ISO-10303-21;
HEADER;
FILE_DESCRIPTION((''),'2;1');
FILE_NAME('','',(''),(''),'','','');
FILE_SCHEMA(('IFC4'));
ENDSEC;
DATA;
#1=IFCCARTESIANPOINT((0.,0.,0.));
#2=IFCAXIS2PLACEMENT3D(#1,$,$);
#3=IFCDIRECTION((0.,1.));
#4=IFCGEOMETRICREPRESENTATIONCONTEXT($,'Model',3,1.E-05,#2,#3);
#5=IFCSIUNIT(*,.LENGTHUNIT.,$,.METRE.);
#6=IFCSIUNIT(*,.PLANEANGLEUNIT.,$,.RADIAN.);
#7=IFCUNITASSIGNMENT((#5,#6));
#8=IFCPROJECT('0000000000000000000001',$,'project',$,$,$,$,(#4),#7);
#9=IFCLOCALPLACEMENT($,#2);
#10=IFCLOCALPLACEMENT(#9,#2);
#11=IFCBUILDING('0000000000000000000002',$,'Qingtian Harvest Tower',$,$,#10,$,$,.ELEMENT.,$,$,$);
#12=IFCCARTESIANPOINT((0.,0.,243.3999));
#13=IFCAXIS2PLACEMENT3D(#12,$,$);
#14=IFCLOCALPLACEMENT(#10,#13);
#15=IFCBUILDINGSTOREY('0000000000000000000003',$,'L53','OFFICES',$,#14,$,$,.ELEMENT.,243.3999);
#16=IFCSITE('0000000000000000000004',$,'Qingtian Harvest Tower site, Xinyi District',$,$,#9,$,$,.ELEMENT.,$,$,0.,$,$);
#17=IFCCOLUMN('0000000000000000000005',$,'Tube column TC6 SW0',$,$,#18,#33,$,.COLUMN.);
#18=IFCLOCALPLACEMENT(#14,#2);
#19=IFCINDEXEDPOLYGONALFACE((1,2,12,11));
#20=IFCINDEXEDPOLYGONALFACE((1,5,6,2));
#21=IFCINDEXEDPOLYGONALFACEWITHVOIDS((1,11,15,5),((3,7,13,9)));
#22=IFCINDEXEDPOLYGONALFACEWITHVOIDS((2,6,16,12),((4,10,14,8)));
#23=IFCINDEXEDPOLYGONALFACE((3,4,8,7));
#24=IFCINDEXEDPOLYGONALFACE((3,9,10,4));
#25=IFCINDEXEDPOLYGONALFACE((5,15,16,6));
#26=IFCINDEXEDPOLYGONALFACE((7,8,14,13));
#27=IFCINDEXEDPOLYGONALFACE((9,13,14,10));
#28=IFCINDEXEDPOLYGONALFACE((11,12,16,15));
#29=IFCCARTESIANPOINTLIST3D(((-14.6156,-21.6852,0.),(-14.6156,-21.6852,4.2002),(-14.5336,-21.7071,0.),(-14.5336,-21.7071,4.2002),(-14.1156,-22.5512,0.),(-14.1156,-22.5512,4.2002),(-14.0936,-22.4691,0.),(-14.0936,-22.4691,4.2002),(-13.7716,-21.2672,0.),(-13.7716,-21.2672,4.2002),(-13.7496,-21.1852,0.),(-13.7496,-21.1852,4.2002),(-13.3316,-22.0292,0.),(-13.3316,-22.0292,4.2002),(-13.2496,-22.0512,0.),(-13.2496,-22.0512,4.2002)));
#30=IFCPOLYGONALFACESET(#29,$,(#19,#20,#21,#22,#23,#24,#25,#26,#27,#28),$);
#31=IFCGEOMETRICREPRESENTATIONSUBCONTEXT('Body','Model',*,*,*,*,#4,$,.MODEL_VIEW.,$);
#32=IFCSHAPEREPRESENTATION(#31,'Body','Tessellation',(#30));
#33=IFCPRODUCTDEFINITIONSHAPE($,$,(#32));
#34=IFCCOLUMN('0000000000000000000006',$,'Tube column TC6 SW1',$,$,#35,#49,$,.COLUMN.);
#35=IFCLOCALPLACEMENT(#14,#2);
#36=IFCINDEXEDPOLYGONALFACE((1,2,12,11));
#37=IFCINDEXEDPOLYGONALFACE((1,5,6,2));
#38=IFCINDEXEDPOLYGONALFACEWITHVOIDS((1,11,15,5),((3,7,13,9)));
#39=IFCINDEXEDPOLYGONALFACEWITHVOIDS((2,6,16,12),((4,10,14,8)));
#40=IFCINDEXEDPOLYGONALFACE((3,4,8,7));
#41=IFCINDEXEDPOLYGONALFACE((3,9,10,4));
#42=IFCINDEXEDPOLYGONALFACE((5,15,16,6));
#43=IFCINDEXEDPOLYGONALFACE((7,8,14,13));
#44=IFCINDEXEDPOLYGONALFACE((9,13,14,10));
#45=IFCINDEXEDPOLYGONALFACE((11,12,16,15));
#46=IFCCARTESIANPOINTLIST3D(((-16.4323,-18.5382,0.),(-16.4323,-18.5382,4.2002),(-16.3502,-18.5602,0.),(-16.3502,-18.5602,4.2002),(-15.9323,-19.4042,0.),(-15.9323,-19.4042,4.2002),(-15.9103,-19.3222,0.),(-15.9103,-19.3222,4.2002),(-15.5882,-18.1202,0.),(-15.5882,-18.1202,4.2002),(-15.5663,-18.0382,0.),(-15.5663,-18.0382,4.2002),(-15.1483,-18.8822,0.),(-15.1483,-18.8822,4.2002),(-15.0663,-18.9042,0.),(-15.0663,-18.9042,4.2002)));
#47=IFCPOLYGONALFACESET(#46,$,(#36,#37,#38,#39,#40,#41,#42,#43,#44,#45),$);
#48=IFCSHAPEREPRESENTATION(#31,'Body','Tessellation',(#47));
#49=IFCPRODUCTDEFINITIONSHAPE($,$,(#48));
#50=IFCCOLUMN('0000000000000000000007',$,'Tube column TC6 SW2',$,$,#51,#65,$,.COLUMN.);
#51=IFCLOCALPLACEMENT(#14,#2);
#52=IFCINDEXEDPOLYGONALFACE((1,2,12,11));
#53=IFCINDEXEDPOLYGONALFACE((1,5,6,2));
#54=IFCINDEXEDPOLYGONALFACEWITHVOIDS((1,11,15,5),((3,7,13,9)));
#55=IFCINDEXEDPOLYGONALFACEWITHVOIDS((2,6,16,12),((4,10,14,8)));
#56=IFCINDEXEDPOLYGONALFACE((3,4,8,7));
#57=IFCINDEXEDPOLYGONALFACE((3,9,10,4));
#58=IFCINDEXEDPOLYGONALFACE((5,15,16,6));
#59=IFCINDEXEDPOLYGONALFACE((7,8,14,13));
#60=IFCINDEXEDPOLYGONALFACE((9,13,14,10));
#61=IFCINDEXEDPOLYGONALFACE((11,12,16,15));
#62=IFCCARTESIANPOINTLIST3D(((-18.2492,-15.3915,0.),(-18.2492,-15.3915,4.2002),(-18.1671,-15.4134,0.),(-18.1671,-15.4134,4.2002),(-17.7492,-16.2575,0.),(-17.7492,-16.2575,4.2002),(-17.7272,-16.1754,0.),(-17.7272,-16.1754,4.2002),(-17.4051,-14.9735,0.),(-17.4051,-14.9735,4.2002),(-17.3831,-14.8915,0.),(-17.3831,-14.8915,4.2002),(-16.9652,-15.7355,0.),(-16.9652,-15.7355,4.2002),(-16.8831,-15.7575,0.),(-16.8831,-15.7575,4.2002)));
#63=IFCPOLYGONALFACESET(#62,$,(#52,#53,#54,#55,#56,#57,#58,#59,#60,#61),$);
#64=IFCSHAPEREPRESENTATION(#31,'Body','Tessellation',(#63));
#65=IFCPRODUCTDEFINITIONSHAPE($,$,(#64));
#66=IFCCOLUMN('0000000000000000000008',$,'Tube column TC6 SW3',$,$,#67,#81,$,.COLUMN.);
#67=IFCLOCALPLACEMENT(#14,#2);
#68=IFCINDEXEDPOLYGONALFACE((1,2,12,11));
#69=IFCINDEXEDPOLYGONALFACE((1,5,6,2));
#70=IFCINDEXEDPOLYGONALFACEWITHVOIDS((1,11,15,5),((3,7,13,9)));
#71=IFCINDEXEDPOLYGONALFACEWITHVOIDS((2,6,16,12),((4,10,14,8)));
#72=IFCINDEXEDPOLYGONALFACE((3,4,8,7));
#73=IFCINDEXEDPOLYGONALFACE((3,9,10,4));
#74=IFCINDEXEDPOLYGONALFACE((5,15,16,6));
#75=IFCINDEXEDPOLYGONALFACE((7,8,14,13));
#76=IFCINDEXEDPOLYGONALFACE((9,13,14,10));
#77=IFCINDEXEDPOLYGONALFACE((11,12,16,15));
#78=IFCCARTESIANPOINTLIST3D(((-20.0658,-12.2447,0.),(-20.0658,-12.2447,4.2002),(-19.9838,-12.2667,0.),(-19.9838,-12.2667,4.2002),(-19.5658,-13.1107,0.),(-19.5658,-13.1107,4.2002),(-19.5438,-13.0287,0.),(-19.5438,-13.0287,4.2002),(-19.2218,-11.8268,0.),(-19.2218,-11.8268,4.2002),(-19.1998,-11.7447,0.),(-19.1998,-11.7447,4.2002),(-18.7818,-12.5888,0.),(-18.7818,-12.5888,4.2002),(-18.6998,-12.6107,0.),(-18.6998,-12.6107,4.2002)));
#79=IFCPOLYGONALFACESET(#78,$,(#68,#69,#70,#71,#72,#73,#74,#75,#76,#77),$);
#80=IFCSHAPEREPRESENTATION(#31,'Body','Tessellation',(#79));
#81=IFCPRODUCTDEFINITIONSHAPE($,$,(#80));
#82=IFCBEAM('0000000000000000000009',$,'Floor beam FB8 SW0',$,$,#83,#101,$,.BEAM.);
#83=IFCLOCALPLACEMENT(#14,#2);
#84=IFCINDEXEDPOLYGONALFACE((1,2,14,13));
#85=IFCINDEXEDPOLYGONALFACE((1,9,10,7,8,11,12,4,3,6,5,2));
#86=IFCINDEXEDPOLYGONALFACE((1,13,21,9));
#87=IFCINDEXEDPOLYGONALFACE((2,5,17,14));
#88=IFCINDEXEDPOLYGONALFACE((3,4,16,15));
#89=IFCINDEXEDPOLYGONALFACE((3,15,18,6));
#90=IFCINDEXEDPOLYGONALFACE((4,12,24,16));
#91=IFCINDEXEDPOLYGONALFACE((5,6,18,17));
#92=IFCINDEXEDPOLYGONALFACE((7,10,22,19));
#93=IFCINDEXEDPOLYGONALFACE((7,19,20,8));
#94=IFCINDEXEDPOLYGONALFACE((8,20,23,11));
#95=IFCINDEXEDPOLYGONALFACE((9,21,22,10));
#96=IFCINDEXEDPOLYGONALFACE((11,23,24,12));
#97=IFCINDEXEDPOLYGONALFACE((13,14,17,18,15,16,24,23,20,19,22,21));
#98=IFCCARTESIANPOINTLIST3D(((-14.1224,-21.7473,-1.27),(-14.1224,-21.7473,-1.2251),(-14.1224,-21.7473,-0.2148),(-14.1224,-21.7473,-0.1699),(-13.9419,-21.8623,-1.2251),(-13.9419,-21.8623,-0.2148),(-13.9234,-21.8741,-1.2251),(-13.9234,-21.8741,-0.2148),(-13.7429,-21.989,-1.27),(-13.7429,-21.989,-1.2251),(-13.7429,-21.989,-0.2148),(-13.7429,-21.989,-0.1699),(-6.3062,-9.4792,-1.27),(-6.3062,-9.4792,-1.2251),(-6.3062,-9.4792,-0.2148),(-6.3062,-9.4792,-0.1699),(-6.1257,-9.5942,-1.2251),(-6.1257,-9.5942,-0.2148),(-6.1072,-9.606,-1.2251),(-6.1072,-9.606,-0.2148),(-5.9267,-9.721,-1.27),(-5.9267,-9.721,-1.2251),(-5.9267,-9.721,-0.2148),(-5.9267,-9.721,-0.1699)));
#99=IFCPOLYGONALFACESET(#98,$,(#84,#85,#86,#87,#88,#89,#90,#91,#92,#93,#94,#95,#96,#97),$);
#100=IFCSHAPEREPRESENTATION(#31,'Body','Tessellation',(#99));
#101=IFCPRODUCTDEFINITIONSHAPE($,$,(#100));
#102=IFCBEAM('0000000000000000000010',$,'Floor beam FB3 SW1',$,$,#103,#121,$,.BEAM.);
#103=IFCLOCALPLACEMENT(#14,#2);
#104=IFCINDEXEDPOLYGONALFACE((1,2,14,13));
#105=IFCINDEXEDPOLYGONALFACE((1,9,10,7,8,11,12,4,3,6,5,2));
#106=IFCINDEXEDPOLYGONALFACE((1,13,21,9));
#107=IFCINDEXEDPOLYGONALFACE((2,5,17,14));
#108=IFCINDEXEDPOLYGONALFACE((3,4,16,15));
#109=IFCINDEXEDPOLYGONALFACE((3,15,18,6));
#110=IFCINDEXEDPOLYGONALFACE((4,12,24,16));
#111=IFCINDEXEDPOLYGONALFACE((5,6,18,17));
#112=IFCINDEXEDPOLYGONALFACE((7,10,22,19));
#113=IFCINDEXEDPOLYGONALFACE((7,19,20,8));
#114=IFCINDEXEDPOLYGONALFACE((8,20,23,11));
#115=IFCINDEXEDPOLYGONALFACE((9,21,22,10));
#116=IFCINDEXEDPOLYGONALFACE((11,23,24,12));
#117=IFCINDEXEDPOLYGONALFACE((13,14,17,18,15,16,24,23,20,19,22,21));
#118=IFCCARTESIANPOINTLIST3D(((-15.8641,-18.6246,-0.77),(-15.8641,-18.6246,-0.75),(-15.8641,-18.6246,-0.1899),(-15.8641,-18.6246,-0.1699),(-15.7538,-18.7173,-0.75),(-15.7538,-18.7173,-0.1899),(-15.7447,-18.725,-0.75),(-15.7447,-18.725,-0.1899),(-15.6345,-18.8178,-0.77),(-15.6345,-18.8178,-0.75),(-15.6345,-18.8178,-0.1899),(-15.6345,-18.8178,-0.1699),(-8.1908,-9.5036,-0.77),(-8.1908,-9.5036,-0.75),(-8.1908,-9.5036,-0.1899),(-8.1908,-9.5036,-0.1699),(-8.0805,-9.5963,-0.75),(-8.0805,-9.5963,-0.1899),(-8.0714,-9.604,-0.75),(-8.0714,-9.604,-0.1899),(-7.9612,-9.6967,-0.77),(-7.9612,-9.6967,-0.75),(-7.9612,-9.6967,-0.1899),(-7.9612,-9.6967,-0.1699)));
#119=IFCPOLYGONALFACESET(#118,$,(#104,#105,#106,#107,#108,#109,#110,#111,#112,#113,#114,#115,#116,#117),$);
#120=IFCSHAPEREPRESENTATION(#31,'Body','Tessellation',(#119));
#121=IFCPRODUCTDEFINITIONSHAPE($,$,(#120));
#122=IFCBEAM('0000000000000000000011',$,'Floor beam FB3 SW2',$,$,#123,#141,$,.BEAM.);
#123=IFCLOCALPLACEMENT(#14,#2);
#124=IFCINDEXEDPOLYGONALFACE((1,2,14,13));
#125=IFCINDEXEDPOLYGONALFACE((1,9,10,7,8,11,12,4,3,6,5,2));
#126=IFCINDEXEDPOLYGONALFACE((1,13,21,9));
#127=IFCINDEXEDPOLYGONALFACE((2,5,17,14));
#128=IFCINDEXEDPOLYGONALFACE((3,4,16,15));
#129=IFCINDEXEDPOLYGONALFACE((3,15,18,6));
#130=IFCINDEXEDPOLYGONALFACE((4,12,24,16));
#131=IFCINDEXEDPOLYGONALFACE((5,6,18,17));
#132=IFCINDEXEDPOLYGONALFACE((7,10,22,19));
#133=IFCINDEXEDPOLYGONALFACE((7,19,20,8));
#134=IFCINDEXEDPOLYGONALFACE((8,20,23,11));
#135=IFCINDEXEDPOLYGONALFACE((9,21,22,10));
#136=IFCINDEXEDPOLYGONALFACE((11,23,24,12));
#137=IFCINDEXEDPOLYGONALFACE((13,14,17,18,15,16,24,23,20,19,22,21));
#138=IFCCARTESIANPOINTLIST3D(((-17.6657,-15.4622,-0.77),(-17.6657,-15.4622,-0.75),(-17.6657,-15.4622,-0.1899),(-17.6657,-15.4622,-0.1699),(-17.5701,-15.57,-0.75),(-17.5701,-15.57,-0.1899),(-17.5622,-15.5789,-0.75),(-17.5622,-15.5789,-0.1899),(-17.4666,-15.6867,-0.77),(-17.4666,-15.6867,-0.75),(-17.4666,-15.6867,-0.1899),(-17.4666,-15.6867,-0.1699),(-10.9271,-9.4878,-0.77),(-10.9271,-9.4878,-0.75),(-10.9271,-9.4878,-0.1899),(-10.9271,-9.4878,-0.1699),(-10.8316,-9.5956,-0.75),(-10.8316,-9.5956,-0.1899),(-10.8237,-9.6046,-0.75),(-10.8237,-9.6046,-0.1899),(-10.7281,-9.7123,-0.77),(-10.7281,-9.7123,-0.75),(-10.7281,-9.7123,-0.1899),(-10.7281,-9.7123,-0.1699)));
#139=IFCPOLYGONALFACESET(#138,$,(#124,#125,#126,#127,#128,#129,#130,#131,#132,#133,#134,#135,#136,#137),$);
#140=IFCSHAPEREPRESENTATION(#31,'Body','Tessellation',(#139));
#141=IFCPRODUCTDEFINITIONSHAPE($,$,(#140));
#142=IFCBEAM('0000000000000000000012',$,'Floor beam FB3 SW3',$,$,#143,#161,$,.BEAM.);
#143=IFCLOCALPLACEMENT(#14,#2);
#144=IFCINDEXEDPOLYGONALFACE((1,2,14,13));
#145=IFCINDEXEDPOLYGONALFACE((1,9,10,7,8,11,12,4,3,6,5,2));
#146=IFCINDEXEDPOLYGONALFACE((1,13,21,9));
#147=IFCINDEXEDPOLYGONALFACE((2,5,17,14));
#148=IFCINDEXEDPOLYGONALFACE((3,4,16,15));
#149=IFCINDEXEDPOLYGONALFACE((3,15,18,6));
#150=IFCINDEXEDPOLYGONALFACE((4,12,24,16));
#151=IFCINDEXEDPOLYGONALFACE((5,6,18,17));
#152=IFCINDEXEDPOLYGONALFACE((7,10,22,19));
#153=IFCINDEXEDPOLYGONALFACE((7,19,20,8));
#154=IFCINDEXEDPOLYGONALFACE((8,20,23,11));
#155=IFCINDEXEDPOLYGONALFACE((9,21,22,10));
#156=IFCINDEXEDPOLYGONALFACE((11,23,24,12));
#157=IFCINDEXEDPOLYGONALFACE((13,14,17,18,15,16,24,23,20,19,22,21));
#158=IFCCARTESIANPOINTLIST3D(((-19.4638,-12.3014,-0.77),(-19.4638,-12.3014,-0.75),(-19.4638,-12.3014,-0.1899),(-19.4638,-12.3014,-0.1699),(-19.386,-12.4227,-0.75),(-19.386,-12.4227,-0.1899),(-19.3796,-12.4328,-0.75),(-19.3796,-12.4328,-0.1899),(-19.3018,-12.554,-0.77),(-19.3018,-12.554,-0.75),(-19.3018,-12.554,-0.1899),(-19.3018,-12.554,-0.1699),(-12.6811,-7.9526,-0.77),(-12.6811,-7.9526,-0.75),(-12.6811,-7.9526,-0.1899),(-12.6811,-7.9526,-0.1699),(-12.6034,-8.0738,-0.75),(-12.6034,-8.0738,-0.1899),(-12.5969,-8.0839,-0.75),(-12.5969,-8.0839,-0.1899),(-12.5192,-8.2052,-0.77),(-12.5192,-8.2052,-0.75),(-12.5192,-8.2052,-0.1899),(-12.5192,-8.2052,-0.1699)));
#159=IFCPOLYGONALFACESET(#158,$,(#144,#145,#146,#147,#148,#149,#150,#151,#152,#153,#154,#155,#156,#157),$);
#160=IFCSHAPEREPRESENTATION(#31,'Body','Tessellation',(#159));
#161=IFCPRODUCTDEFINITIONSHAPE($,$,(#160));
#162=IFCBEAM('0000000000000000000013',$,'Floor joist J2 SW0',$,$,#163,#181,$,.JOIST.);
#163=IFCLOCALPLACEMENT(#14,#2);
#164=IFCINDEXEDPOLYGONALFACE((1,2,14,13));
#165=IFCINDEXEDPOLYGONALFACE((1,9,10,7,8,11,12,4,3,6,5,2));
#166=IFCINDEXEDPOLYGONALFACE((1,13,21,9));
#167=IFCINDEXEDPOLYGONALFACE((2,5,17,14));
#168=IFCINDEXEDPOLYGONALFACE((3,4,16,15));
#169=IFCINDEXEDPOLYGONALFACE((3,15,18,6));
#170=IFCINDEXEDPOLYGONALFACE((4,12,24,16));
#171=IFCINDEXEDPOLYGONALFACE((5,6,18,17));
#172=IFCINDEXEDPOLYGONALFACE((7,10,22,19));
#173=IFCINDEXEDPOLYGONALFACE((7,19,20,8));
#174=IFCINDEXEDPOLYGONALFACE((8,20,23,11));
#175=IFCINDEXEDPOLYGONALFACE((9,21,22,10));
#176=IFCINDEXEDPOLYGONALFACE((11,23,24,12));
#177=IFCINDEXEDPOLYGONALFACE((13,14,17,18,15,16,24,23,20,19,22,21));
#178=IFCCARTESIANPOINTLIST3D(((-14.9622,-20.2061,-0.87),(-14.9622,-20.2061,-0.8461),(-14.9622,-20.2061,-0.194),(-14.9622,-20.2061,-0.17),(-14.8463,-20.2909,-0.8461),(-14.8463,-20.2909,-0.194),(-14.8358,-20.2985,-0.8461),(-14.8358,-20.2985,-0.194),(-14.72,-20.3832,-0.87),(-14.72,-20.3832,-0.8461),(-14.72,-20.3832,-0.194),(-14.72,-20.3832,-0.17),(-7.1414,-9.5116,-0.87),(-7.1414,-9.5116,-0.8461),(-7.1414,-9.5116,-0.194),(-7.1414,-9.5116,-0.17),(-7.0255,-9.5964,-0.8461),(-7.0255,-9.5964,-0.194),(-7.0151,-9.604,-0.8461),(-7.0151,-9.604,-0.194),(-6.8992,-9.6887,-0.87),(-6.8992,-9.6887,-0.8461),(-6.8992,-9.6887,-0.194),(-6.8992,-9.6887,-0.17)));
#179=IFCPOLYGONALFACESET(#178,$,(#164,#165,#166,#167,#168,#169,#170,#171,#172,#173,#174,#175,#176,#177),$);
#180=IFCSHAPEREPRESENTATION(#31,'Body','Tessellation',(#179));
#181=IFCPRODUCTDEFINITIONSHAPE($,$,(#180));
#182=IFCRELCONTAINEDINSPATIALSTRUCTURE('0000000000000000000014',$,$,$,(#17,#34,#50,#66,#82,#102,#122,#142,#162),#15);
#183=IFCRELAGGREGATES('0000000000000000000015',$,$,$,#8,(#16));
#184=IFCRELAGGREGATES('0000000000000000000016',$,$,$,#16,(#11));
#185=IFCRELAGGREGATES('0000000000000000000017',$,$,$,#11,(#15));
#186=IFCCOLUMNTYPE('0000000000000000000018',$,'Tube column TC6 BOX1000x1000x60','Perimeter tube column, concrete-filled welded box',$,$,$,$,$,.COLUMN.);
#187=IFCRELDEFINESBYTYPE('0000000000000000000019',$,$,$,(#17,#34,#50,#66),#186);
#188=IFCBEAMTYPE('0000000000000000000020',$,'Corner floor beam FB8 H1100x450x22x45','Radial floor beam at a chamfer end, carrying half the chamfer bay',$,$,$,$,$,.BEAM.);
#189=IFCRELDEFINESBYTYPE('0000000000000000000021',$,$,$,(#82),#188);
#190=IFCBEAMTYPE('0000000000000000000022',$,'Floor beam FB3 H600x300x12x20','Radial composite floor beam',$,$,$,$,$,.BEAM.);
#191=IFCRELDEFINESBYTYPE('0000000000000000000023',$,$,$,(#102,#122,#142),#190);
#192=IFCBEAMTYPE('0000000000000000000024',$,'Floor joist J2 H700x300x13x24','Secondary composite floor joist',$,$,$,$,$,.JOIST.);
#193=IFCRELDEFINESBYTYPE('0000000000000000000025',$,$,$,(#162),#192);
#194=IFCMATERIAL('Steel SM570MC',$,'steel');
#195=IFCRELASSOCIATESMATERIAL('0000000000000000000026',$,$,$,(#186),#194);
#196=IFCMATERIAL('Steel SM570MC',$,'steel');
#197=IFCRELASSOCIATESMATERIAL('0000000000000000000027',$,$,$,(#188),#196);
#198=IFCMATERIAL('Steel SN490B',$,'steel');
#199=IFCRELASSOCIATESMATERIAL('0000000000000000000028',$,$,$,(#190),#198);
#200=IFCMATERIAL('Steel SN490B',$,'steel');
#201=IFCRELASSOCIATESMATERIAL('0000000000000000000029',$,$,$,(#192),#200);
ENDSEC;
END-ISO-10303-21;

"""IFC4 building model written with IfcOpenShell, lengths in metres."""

from ifc_helpers import new_model, si_unit, direction, frame, origin, origin_2d, place, context, subcontext, project, spatial, hollow_rectangle, i_section, extrude, material, material_profile, profile_set, type_object, element, save


model = new_model("IFC4")

# Units and contexts
model_context = context("Model", 3, precision=1e-05, world=origin(), true_north=direction((0.0, 1.0)))
body_context = subcontext(model_context, "Body", "Model", "MODEL_VIEW")
ifc_project = project(units=[si_unit("LENGTHUNIT", "METRE"), si_unit("PLANEANGLEUNIT", "RADIAN")], contexts=[model_context])

# Site, building, storey
site_placement = place(None, origin())
site = spatial("IfcSite", under=ifc_project, at=site_placement, Name="Qingtian Harvest Tower site, Xinyi District", CompositionType="ELEMENT", RefElevation=0.0)
building_placement = place(site_placement, origin())
building = spatial("IfcBuilding", under=site, at=building_placement, Name="Qingtian Harvest Tower", CompositionType="ELEMENT")
storey_placement = place(building_placement, frame((0.0, 0.0, 243.3999)))
storey = spatial("IfcBuildingStorey", under=building, at=storey_placement, Name="L53", Description="OFFICES", CompositionType="ELEMENT", Elevation=243.3999)

# Columns
ifc_material_1 = material(Name="Steel SM570MC", Category="steel")
ifc_material_profile_1 = material_profile(ifc_material_1, hollow_rectangle(XDim=1.0, YDim=1.0, WallThickness=0.0601, at=origin_2d()), Name="BOX1000x1000x60")
ifc_profile_set_1 = profile_set([ifc_material_profile_1], Name="Steel SM570MC")
column_type = type_object("IfcColumnType", Name="Tube column TC6 BOX1000x1000x60", Description="Perimeter tube column, concrete-filled welded box", PredefinedType="COLUMN", material=ifc_profile_set_1)
for number, where, z_axis, x_axis, name in (
    (1, (-13.9326, -21.8682, 0.0), (0.0, 0.0, 1.0), (0.5, -0.866025, 0.0), "Tube column TC6 SW0"),
    (2, (-15.7493, -18.7212, 0.0), (0.0, 0.0, 1.0), (0.5, -0.866025, 0.0), "Tube column TC6 SW1"),
    (3, (-17.5662, -15.5745, 0.0), (0.0, 0.0, 1.0), (0.5, -0.866025, 0.0), "Tube column TC6 SW2"),
    (4, (-19.3828, -12.4277, 0.0), (0.0, 0.0, 1.0), (0.5, -0.866025, 0.0), "Tube column TC6 SW3"),
):
    element("IfcColumn", number, at=place(storey_placement, frame(where, z_axis=z_axis, x_axis=x_axis)), inside=storey, type_object=column_type, Name=name, PredefinedType="COLUMN", context=body_context, shape_type="SweptSolid", body=[
        extrude(hollow_rectangle(XDim=1.0, YDim=1.0, WallThickness=0.0601, at=origin_2d()), origin(), (0.0, 0.0, 1.0), 4.2002),
    ])

# Beams
ifc_material_2 = material(Name="Steel SM570MC", Category="steel")
ifc_material_profile_2 = material_profile(ifc_material_2, i_section(OverallWidth=0.45, OverallDepth=1.1001, WebThickness=0.022, FlangeThickness=0.0449, at=origin_2d()), Name="H1100x450x22x45")
ifc_profile_set_2 = profile_set([ifc_material_profile_2], Name="Steel SM570MC")
beam_type_1 = type_object("IfcBeamType", Name="Corner floor beam FB8 H1100x450x22x45", Description="Radial floor beam at a chamfer end, carrying half the chamfer bay", PredefinedType="BEAM", material=ifc_profile_set_2)
beam_1_placement = place(storey_placement, frame((-13.9326, -21.8682, -0.72), z_axis=(0.537326, 0.843375, 0.0), x_axis=(-0.843375, 0.537326, 0.0)))
element("IfcBeam", 5, at=beam_1_placement, inside=storey, type_object=beam_type_1, Name="Floor beam FB8 SW0", PredefinedType="BEAM", context=body_context, shape_type="SweptSolid", body=[
    extrude(i_section(OverallWidth=0.45, OverallDepth=1.1001, WebThickness=0.022, FlangeThickness=0.0449, at=origin_2d()), origin(), (0.0, 0.0, 1.0), 14.5464),
])
ifc_material_3 = material(Name="Steel SN490B", Category="steel")
ifc_material_profile_3 = material_profile(ifc_material_3, i_section(OverallWidth=0.3, OverallDepth=0.6001, WebThickness=0.012, FlangeThickness=0.02, at=origin_2d()), Name="H600x300x12x20")
ifc_profile_set_3 = profile_set([ifc_material_profile_3], Name="Steel SN490B")
beam_type_2 = type_object("IfcBeamType", Name="Floor beam FB3 H600x300x12x20", Description="Radial composite floor beam", PredefinedType="BEAM", material=ifc_profile_set_3)
beam_2_placement = place(storey_placement, frame((-15.7493, -18.7212, -0.47), z_axis=(0.643764, 0.765224, 0.0), x_axis=(-0.765224, 0.643764, 0.0)))
element("IfcBeam", 6, at=beam_2_placement, inside=storey, type_object=beam_type_2, Name="Floor beam FB3 SW1", PredefinedType="BEAM", context=body_context, shape_type="SweptSolid", body=[
    extrude(i_section(OverallWidth=0.3, OverallDepth=0.6001, WebThickness=0.012, FlangeThickness=0.02, at=origin_2d()), origin(), (0.0, 0.0, 1.0), 11.9194),
])
beam_3_placement = place(storey_placement, frame((-17.5662, -15.5745, -0.47), z_axis=(0.74826, 0.663406, 0.0), x_axis=(-0.663406, 0.74826, 0.0)))
element("IfcBeam", 7, at=beam_3_placement, inside=storey, type_object=beam_type_2, Name="Floor beam FB3 SW2", PredefinedType="BEAM", context=body_context, shape_type="SweptSolid", body=[
    extrude(i_section(OverallWidth=0.3, OverallDepth=0.6001, WebThickness=0.012, FlangeThickness=0.02, at=origin_2d()), origin(), (0.0, 0.0, 1.0), 9.0056),
])
beam_4_placement = place(storey_placement, frame((-19.3828, -12.4277, -0.47), z_axis=(0.841824, 0.539753, 0.0), x_axis=(-0.539753, 0.841824, 0.0)))
element("IfcBeam", 8, at=beam_4_placement, inside=storey, type_object=beam_type_2, Name="Floor beam FB3 SW3", PredefinedType="BEAM", context=body_context, shape_type="SweptSolid", body=[
    extrude(i_section(OverallWidth=0.3, OverallDepth=0.6001, WebThickness=0.012, FlangeThickness=0.02, at=origin_2d()), origin(), (0.0, 0.0, 1.0), 8.0571),
])
ifc_material_4 = material(Name="Steel SN490B", Category="steel")
ifc_material_profile_4 = material_profile(ifc_material_4, i_section(OverallWidth=0.3, OverallDepth=0.7, WebThickness=0.0129, FlangeThickness=0.0239, at=origin_2d()), Name="H700x300x13x24")
ifc_profile_set_4 = profile_set([ifc_material_profile_4], Name="Steel SN490B")
beam_type_3 = type_object("IfcBeamType", Name="Floor joist J2 H700x300x13x24", Description="Secondary composite floor joist", PredefinedType="JOIST", material=ifc_profile_set_4)
beam_5_placement = place(storey_placement, frame((-14.8411, -20.2947, -0.52), z_axis=(0.590289, 0.807192, 0.0), x_axis=(-0.807192, 0.590289, 0.0)))
element("IfcBeam", 9, at=beam_5_placement, inside=storey, type_object=beam_type_3, Name="Floor joist J2 SW0", PredefinedType="JOIST", context=body_context, shape_type="SweptSolid", body=[
    extrude(i_section(OverallWidth=0.3, OverallDepth=0.7, WebThickness=0.0129, FlangeThickness=0.0239, at=origin_2d()), origin(), (0.0, 0.0, 1.0), 13.249),
])

save(model, "model.ifc")
